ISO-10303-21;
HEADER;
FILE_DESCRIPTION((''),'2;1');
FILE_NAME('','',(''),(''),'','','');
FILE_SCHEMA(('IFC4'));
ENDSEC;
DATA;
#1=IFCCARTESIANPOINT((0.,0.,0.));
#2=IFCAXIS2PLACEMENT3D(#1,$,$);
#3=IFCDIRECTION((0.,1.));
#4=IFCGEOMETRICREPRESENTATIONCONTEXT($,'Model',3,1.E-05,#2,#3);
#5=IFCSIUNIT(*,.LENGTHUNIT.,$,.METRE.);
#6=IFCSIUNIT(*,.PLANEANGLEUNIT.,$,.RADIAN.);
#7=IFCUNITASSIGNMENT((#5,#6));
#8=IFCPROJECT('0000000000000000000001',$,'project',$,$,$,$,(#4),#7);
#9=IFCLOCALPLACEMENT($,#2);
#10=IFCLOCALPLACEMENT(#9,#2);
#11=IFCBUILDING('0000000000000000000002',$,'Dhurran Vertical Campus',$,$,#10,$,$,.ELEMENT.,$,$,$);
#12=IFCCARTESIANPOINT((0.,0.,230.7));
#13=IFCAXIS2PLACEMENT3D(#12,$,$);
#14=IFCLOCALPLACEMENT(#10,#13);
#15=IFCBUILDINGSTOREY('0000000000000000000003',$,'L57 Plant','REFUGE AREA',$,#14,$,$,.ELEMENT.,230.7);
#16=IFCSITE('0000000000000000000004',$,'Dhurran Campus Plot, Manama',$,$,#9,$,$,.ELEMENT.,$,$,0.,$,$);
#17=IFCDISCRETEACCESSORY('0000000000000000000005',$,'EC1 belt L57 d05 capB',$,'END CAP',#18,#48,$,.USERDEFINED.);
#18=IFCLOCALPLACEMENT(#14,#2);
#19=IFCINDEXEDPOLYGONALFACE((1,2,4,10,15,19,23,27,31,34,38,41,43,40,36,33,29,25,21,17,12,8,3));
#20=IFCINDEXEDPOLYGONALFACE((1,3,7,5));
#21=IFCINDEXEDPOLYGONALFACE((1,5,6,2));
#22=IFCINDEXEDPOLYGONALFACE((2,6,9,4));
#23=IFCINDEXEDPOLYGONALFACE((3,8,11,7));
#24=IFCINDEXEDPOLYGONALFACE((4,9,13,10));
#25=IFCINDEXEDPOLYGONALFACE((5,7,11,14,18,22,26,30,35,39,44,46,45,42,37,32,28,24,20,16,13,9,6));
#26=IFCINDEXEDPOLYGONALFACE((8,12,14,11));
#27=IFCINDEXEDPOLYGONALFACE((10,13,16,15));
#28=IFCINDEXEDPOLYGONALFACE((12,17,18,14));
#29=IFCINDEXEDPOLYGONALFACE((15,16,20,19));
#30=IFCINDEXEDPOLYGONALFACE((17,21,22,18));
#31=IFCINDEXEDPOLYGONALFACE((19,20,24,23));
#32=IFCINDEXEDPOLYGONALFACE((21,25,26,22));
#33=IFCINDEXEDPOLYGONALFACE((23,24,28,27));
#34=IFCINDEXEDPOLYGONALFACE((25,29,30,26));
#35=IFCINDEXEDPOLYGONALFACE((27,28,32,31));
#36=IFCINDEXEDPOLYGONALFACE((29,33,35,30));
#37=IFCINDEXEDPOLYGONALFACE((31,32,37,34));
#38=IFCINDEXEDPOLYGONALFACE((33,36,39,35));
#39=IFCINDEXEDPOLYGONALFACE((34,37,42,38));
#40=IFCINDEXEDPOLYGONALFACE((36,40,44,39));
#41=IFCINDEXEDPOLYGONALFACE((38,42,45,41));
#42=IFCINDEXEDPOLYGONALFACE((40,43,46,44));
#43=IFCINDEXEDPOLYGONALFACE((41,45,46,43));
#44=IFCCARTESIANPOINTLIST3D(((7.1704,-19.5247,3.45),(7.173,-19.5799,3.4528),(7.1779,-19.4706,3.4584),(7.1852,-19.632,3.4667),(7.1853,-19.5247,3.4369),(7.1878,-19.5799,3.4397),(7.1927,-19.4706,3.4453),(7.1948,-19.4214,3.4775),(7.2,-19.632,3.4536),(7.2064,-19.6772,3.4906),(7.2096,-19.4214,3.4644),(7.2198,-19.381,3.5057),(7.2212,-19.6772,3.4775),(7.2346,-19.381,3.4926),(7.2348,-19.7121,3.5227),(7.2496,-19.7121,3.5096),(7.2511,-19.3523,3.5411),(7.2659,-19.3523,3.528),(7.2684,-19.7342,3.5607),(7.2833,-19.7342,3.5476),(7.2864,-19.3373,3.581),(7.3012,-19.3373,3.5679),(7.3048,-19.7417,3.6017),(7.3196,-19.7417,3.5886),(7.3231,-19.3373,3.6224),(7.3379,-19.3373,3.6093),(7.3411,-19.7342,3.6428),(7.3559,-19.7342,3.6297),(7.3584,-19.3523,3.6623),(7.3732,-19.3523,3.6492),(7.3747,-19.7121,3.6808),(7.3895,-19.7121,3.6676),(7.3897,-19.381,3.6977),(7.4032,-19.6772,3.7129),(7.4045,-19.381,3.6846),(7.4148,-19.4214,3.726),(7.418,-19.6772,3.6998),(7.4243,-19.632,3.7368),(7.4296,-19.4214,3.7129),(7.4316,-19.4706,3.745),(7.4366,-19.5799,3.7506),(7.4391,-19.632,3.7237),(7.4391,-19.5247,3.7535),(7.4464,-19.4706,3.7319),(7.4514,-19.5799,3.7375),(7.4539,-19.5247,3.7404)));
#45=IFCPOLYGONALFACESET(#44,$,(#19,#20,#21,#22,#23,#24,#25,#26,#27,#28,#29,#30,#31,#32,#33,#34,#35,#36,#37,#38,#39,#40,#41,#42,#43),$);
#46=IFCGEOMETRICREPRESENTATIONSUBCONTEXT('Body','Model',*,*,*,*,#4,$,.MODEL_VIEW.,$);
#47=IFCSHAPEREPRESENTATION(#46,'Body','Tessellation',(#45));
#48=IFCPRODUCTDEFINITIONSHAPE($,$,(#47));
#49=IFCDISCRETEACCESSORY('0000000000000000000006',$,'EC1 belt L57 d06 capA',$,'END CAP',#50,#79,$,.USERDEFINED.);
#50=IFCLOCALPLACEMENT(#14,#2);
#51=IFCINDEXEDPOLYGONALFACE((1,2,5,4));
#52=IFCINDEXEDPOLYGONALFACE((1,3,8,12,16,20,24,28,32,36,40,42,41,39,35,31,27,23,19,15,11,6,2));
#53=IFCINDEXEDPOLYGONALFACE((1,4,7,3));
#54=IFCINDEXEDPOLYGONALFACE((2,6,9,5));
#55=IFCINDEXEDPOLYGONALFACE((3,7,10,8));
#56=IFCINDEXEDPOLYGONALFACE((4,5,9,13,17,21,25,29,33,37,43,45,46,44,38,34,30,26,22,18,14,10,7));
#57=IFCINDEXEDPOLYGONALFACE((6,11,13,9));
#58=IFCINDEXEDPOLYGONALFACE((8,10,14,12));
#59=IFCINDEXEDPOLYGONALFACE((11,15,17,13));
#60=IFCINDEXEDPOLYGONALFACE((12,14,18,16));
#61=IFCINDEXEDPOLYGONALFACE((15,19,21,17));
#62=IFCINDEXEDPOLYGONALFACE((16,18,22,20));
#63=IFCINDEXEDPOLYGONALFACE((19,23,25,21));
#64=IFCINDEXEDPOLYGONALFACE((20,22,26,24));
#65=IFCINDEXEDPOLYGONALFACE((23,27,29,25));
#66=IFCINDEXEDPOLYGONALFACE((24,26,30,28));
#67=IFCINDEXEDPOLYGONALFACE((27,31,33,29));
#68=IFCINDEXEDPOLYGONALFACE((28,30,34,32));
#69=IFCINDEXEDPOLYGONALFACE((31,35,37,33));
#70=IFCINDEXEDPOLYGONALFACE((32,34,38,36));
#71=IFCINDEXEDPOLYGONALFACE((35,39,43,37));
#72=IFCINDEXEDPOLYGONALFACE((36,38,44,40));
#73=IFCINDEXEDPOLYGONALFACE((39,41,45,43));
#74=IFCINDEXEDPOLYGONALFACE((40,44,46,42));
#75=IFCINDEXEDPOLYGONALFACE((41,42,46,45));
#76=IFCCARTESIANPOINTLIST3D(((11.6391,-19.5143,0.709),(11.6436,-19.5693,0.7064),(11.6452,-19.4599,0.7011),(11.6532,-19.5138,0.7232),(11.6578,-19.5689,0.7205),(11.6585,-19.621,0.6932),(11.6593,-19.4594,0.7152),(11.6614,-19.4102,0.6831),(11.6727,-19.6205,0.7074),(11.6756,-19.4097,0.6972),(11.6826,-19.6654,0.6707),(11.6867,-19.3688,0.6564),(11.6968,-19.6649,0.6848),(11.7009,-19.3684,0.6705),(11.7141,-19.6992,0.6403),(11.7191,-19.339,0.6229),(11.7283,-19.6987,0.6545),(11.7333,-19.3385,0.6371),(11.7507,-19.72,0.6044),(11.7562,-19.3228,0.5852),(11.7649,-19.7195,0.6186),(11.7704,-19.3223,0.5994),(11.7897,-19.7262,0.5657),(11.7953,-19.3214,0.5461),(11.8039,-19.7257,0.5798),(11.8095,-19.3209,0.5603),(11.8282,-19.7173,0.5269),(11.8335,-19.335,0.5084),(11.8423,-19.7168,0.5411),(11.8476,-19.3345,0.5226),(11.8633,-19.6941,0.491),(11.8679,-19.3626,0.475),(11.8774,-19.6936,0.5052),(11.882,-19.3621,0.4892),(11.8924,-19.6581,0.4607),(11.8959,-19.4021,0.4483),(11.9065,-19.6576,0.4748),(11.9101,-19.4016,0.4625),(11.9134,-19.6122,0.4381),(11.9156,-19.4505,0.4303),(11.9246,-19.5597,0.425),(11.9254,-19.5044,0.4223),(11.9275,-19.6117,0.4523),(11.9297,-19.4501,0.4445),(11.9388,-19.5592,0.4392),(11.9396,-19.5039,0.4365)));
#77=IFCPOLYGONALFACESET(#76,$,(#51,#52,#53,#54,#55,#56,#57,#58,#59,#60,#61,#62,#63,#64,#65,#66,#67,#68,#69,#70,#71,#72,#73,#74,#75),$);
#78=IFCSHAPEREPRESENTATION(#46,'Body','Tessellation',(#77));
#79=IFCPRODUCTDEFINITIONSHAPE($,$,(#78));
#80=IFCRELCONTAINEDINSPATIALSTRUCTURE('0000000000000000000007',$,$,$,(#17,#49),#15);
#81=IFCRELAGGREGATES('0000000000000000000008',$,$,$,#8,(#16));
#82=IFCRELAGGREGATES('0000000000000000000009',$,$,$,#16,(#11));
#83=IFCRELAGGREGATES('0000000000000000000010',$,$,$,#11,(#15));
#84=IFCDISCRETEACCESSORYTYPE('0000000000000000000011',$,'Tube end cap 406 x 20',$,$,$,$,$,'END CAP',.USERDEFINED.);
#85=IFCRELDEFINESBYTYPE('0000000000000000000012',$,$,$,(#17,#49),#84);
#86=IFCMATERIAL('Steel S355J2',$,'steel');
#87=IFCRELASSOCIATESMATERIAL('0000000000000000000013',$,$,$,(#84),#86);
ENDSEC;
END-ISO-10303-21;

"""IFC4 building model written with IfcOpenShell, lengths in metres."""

from ifc_helpers import new_model, si_unit, direction, frame, origin, origin_2d, place, context, subcontext, project, spatial, circle, extrude, material, material_profile, profile_set, type_object, element, save


model = new_model("IFC4")

# Units and contexts
model_context = context("Model", 3, precision=1e-05, world=origin(), true_north=direction((0.0, 1.0)))
body_context = subcontext(model_context, "Body", "Model", "MODEL_VIEW")
ifc_project = project(units=[si_unit("LENGTHUNIT", "METRE"), si_unit("PLANEANGLEUNIT", "RADIAN")], contexts=[model_context])

# Site, building, storey
site_placement = place(None, origin())
site = spatial("IfcSite", under=ifc_project, at=site_placement, Name="Dhurran Campus Plot, Manama", CompositionType="ELEMENT", RefElevation=0.0)
building_placement = place(site_placement, origin())
building = spatial("IfcBuilding", under=site, at=building_placement, Name="Dhurran Vertical Campus", CompositionType="ELEMENT")
storey_placement = place(building_placement, frame((0.0, 0.0, 230.7)))
storey = spatial("IfcBuildingStorey", under=building, at=storey_placement, Name="L57 Plant", Description="REFUGE AREA", CompositionType="ELEMENT", Elevation=230.7)

# Discrete accessories
ifc_material_1 = material(Name="Steel S355J2", Category="steel")
ifc_material_profile_1 = material_profile(ifc_material_1, circle(Radius=0.2031, at=origin_2d()), Name="Tube end cap 406 x 20")
ifc_profile_set_1 = profile_set([ifc_material_profile_1], Name="Steel S355J2")
discrete_accessory_type = type_object("IfcDiscreteAccessoryType", Name="Tube end cap 406 x 20", ElementType="END CAP", PredefinedType="USERDEFINED", material=ifc_profile_set_1)
discrete_accessory_1_placement = place(storey_placement, frame((7.3196, -19.5386, 3.5886), z_axis=(-0.748762, 0.0, 0.662839), x_axis=(0.0, -1.0, 0.0)))
element("IfcDiscreteAccessory", 1, at=discrete_accessory_1_placement, inside=storey, type_object=discrete_accessory_type, Name="EC1 belt L57 d05 capB", ObjectType="END CAP", PredefinedType="USERDEFINED", context=body_context, shape_type="SweptSolid", body=[
    extrude(circle(Radius=0.2031, at=origin_2d()), origin(), (0.0, 0.0, 1.0), 0.0198),
])
discrete_accessory_2_placement = place(storey_placement, frame((11.7969, -19.5227, 0.5798), z_axis=(-0.706897, -0.024376, -0.706897), x_axis=(0.034462, -0.999406, 0.0)))
element("IfcDiscreteAccessory", 2, at=discrete_accessory_2_placement, inside=storey, type_object=discrete_accessory_type, Name="EC1 belt L57 d06 capA", ObjectType="END CAP", PredefinedType="USERDEFINED", context=body_context, shape_type="SweptSolid", body=[
    extrude(circle(Radius=0.2031, at=origin_2d()), origin(), (0.0, 0.0, 1.0), 0.02),
])

save(model, "model.ifc")
